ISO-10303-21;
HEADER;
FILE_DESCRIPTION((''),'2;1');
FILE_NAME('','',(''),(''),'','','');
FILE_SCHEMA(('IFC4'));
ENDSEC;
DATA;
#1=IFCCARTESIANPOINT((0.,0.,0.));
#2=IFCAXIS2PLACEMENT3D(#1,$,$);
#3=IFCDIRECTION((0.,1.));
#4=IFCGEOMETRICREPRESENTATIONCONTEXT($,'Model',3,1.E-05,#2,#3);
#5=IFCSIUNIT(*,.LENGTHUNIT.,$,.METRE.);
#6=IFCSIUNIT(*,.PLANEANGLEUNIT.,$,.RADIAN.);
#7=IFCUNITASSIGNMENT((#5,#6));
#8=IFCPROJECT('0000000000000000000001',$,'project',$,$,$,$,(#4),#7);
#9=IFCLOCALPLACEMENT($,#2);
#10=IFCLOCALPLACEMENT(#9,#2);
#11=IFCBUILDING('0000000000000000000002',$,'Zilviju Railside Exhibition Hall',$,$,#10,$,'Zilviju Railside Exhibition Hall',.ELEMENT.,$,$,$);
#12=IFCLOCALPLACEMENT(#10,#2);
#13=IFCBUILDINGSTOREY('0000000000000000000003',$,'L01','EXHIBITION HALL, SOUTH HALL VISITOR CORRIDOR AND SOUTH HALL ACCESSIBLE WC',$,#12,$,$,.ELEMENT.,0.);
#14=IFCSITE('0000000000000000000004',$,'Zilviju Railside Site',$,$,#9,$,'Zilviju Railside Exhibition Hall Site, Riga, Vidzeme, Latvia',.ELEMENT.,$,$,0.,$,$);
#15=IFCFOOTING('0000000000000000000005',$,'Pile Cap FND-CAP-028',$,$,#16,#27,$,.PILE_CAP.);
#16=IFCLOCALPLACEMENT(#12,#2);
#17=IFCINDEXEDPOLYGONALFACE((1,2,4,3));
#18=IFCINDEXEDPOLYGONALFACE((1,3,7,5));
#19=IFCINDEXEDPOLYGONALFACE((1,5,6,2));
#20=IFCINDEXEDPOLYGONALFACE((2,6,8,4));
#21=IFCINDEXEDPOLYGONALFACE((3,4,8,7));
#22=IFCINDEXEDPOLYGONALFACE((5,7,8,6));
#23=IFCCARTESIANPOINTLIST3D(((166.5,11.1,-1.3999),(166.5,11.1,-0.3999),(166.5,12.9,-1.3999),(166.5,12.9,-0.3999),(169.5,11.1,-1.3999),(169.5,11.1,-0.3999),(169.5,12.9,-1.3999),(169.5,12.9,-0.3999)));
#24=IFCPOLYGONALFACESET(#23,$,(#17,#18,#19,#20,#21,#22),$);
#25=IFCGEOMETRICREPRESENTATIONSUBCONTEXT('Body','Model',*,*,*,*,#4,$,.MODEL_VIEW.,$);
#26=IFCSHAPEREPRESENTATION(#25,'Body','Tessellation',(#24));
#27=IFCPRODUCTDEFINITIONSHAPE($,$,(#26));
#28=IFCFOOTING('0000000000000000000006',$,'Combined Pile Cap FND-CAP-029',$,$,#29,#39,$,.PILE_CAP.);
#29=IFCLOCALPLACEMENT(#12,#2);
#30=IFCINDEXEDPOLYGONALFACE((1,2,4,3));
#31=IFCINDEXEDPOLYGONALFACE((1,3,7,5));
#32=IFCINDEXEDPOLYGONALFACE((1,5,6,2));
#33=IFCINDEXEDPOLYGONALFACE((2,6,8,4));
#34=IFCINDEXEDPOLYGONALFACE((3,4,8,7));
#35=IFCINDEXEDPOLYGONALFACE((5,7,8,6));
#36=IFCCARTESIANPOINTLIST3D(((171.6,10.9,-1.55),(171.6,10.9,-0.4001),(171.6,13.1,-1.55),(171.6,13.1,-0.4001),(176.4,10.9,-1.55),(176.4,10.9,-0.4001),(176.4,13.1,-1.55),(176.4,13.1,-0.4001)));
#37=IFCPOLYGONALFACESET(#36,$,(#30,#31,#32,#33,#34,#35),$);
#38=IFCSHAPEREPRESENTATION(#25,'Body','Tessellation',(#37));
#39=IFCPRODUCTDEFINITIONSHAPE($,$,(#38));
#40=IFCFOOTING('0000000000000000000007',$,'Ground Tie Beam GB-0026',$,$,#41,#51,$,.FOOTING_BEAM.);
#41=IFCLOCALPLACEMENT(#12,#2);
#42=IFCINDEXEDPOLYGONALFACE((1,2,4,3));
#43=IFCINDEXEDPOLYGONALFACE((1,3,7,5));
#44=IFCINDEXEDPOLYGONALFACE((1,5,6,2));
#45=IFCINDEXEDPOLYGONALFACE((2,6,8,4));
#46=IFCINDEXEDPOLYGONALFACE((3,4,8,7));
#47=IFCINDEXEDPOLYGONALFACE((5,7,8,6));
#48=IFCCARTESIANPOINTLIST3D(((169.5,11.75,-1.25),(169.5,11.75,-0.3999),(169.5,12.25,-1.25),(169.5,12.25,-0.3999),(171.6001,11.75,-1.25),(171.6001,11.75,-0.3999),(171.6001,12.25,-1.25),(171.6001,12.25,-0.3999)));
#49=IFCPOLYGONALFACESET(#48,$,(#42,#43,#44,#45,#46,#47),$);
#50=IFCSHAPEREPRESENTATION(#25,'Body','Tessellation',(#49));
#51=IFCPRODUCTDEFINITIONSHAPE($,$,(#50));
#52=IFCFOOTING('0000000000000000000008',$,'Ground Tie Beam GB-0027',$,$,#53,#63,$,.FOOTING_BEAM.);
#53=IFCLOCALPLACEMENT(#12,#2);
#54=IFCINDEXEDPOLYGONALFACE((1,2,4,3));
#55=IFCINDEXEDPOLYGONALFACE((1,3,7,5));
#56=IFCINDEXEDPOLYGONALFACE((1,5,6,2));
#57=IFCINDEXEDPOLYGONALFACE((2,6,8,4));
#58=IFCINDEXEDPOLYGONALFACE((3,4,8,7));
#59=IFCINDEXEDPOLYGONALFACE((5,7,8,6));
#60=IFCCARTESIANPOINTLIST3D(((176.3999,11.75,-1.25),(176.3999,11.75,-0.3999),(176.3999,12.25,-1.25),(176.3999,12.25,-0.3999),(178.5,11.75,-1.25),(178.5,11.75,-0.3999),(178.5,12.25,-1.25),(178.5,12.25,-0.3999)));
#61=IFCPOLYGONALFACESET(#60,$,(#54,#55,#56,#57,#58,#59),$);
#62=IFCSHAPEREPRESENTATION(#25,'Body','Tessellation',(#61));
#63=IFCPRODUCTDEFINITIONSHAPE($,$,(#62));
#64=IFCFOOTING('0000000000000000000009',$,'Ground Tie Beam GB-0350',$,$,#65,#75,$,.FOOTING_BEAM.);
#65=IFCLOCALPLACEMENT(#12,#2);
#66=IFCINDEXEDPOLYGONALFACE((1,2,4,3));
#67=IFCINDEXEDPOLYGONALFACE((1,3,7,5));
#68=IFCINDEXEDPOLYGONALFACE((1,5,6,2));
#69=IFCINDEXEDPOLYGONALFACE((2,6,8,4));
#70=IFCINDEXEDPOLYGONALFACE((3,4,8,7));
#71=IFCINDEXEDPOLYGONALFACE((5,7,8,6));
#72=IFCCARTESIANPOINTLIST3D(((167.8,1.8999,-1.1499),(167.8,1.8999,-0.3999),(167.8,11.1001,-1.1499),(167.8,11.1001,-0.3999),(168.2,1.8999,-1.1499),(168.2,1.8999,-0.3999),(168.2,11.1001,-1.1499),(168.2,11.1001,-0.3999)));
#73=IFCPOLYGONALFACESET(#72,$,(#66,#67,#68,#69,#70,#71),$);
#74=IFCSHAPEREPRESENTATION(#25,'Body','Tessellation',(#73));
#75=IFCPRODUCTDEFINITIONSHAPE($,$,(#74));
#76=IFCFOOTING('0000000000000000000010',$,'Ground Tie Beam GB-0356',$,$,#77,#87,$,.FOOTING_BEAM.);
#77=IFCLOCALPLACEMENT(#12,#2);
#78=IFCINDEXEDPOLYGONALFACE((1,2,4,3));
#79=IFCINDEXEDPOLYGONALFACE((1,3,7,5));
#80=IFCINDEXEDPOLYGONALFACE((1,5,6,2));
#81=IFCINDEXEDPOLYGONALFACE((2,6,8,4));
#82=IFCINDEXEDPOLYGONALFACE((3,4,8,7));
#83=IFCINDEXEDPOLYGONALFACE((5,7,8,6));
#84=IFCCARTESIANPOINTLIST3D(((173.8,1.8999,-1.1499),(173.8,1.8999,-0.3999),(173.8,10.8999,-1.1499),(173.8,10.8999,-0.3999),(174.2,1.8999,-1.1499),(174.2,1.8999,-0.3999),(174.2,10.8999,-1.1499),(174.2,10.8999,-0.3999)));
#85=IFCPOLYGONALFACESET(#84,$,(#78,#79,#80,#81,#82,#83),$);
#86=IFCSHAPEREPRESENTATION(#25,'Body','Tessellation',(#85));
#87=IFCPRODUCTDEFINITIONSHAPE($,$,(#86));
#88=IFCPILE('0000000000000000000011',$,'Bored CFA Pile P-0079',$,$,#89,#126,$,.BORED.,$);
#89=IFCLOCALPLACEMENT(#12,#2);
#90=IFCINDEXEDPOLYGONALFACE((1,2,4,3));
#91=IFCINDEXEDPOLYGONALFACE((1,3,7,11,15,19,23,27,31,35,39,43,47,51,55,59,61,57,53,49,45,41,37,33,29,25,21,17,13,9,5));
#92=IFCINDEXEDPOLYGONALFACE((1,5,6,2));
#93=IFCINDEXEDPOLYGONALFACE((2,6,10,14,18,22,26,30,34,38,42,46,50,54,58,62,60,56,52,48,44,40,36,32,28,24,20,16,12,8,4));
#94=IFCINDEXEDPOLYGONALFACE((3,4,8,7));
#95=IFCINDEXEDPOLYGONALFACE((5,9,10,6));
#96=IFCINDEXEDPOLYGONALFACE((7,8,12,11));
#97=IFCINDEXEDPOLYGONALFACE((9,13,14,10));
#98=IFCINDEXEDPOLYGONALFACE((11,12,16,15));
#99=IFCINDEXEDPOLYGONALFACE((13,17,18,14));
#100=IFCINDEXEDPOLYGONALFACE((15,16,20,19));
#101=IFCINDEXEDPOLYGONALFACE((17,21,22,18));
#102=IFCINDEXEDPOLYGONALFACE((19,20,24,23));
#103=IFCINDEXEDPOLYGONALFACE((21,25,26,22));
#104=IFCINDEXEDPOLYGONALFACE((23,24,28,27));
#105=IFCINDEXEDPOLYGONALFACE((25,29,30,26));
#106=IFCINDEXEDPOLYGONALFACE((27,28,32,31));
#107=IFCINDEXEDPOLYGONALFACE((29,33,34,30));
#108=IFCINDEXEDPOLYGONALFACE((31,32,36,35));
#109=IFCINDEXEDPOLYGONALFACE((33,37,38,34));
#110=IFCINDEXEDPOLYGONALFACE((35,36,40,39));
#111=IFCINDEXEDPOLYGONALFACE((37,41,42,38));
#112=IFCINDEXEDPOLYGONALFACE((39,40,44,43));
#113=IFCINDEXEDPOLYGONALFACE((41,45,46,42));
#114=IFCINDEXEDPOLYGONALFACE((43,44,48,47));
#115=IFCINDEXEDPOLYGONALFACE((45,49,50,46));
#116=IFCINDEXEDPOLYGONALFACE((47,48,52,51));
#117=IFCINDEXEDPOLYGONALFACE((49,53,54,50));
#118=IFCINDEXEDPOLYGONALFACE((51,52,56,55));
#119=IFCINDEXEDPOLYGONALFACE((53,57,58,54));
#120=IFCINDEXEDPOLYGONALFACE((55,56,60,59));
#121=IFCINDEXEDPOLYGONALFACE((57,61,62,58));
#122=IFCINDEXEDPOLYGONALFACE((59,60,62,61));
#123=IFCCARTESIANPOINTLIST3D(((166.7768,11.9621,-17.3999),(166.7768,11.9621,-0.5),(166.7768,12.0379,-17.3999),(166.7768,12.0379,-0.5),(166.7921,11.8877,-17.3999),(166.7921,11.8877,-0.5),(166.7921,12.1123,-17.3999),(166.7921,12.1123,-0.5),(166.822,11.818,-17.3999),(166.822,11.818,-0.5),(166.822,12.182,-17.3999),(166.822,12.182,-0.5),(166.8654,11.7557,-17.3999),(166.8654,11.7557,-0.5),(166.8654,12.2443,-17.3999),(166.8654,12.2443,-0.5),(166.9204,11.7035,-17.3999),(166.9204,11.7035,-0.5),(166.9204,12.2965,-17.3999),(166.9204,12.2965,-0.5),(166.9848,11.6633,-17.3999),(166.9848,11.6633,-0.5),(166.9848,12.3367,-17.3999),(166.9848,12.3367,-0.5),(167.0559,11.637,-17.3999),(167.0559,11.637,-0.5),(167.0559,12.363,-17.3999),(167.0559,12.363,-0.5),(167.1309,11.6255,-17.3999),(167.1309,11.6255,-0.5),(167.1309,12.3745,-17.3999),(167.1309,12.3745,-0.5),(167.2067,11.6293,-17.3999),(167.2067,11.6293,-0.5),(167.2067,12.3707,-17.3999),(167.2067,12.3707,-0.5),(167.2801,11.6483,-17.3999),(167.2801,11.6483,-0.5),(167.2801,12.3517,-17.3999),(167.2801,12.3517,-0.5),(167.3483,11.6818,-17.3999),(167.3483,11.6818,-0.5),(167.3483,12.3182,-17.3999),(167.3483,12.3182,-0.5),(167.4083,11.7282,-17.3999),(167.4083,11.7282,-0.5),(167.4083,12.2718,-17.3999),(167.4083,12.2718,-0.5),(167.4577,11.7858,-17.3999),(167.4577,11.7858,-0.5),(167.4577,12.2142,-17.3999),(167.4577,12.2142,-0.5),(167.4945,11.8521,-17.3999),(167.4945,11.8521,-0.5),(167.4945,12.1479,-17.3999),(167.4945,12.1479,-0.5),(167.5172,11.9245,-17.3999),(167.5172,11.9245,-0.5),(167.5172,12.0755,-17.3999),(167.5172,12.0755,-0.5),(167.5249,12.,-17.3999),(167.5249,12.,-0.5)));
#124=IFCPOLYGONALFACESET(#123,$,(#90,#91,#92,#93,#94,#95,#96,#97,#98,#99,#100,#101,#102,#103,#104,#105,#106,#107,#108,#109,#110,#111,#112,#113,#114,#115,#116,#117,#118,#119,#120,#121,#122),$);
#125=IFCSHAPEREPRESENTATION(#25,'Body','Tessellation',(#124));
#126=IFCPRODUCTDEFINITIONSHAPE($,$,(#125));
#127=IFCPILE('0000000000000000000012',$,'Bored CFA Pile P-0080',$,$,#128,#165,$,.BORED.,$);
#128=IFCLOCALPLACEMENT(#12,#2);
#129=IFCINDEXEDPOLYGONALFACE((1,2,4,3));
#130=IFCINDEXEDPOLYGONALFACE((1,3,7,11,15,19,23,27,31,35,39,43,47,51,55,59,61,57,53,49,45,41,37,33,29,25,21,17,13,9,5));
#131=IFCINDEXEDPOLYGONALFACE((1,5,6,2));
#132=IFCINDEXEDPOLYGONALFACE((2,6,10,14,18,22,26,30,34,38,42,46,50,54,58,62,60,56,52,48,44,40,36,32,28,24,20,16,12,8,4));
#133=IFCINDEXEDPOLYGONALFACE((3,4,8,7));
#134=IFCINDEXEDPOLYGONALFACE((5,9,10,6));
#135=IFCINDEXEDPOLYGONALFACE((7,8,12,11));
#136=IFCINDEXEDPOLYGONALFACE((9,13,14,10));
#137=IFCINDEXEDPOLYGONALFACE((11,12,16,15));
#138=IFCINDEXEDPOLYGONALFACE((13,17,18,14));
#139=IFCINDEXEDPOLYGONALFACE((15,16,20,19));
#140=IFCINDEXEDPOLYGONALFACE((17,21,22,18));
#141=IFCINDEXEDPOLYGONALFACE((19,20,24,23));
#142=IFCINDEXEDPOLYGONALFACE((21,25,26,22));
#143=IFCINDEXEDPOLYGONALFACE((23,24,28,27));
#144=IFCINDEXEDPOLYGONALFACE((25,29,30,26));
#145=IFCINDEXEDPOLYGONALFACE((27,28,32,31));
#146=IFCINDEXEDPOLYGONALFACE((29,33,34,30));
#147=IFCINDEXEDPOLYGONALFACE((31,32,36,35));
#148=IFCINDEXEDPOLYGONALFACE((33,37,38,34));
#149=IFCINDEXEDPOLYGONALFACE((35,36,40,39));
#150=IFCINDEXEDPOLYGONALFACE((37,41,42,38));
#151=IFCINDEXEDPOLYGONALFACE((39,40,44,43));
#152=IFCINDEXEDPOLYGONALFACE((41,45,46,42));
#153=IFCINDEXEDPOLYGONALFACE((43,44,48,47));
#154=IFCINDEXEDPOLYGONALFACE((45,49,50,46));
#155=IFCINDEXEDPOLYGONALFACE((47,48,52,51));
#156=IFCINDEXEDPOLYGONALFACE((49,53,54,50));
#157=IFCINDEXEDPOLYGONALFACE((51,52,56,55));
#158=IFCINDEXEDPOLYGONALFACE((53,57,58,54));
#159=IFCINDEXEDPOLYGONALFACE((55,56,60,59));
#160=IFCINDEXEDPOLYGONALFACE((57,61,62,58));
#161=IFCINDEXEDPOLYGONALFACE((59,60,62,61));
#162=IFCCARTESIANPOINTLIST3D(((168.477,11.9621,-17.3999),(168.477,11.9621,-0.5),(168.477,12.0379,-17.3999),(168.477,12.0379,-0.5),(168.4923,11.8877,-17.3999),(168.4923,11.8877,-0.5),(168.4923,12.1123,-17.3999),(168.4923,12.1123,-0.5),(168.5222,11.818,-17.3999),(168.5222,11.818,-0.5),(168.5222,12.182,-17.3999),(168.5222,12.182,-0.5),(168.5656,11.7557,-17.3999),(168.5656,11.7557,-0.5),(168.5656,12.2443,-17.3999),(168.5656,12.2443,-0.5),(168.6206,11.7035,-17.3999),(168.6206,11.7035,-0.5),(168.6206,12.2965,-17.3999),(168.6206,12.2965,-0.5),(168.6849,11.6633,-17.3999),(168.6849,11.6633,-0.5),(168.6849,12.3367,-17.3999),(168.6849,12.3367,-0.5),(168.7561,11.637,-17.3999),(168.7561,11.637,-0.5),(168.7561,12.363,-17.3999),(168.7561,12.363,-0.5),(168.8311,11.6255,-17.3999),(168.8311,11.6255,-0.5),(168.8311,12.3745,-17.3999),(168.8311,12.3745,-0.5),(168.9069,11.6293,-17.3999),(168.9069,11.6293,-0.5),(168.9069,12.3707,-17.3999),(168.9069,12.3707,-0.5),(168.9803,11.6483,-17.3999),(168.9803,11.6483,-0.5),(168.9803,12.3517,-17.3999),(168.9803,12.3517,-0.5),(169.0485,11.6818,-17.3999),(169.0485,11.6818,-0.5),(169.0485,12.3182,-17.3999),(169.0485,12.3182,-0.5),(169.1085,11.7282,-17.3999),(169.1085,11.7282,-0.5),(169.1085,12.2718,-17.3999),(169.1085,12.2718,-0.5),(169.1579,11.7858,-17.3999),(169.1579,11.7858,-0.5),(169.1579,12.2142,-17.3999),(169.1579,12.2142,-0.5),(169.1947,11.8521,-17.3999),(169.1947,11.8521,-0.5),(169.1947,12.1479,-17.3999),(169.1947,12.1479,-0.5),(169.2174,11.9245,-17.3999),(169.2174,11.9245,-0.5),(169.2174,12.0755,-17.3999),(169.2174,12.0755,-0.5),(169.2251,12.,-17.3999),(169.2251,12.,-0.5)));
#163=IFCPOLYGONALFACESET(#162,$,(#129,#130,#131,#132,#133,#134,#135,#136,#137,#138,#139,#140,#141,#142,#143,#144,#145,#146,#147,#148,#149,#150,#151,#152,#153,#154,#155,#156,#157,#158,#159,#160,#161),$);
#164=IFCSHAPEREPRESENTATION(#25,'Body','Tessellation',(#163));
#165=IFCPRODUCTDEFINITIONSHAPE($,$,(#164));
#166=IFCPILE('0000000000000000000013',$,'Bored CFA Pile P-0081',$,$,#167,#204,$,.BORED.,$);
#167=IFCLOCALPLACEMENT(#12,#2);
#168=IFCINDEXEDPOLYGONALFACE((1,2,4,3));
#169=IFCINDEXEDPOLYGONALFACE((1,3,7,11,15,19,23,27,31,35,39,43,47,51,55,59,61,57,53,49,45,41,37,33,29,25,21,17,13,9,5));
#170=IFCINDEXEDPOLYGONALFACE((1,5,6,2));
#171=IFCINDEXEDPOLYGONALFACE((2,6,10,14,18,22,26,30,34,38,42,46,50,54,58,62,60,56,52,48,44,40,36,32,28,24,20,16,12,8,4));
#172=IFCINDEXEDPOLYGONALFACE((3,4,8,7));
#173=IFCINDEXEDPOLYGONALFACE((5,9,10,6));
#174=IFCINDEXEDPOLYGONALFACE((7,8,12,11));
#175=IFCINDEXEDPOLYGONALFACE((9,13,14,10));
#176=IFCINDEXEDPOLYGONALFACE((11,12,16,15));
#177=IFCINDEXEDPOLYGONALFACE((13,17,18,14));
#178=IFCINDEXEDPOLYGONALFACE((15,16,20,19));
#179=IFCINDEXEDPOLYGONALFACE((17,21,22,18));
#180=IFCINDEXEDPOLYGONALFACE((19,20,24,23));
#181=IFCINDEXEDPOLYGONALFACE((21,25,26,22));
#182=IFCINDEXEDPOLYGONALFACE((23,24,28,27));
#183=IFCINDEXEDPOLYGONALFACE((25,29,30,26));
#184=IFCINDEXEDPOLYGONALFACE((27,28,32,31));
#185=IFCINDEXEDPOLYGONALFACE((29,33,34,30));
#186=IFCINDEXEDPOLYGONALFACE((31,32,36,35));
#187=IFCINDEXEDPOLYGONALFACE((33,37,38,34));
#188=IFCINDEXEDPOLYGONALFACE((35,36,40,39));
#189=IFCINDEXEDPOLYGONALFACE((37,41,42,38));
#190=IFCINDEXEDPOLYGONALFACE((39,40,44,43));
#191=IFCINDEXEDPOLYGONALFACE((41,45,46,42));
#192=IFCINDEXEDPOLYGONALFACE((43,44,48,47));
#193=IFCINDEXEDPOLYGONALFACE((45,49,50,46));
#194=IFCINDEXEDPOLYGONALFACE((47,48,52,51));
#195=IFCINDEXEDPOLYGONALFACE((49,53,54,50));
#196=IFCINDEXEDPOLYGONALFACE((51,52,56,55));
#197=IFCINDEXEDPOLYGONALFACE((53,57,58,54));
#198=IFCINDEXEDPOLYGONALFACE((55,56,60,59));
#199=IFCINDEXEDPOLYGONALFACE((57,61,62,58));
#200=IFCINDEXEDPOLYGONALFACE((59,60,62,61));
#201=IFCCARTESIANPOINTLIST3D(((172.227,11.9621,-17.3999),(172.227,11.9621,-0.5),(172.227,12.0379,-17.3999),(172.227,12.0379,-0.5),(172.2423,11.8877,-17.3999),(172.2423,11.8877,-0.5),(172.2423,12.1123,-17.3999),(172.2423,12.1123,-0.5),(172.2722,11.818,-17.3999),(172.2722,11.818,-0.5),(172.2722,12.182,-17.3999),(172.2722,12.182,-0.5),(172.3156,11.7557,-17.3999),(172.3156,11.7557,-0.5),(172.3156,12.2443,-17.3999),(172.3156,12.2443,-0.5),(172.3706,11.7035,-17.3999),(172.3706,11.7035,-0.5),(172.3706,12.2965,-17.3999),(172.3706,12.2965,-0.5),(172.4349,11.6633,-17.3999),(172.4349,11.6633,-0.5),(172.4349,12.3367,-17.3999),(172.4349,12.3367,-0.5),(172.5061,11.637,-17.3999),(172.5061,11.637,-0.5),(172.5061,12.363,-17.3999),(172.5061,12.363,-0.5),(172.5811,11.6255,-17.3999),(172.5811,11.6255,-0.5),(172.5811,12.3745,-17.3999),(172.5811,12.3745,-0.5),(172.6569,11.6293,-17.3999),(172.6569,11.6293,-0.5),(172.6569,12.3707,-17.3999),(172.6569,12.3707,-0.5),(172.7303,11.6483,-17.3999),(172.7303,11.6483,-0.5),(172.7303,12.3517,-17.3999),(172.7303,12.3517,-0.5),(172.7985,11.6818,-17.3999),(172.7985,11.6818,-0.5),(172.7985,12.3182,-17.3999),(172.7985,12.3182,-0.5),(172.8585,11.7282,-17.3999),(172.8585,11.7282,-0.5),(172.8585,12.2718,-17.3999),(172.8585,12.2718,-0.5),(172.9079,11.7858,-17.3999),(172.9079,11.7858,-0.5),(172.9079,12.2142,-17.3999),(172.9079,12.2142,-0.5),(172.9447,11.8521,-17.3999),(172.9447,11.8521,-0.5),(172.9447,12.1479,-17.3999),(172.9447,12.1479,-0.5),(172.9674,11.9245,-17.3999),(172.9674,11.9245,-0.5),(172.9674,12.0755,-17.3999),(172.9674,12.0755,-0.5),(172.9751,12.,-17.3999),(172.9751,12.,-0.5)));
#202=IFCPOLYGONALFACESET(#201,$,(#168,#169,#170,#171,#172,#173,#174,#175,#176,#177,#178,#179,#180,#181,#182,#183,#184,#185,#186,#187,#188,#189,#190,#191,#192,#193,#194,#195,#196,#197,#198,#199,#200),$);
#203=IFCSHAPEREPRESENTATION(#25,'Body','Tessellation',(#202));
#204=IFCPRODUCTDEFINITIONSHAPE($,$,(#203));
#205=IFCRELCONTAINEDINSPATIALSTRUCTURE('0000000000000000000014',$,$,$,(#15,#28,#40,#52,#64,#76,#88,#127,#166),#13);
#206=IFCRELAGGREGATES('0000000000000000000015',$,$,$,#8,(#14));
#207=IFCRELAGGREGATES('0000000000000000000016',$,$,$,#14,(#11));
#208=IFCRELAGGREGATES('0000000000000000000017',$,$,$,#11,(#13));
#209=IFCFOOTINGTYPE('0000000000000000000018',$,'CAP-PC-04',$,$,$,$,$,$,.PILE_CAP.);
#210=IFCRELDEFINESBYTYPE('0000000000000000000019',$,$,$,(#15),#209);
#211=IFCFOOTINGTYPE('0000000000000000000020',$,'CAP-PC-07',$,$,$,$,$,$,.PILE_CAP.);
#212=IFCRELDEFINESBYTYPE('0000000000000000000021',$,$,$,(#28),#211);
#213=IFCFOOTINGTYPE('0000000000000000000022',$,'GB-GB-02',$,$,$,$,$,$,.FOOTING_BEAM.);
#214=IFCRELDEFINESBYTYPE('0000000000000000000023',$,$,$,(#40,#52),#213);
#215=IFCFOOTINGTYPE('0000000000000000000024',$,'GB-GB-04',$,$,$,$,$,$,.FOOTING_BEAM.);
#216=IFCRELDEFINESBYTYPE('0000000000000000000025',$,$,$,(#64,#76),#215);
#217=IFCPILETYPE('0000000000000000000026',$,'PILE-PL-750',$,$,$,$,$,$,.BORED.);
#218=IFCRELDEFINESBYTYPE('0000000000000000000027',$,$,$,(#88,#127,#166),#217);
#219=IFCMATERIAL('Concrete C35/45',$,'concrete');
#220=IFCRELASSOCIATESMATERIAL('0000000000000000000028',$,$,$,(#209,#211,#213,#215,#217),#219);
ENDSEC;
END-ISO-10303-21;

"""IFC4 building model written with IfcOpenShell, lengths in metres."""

from ifc_helpers import new_model, si_unit, direction, frame, origin, origin_2d, place, context, subcontext, project, spatial, rectangle, circle, extrude, material, material_profile, profile_set, type_object, element, save


model = new_model("IFC4")

# Units and contexts
model_context = context("Model", 3, precision=1e-05, world=origin(), true_north=direction((0.0, 1.0)))
body_context = subcontext(model_context, "Body", "Model", "MODEL_VIEW")
ifc_project = project(units=[si_unit("LENGTHUNIT", "METRE"), si_unit("PLANEANGLEUNIT", "RADIAN")], contexts=[model_context])

# Site, building, storey
site_placement = place(None, origin())
site = spatial("IfcSite", under=ifc_project, at=site_placement, Name="Zilviju Railside Site", LongName="Zilviju Railside Exhibition Hall Site, Riga, Vidzeme, Latvia", CompositionType="ELEMENT", RefElevation=0.0)
building_placement = place(site_placement, origin())
building = spatial("IfcBuilding", under=site, at=building_placement, Name="Zilviju Railside Exhibition Hall", LongName="Zilviju Railside Exhibition Hall", CompositionType="ELEMENT")
storey_placement = place(building_placement, origin())
storey = spatial("IfcBuildingStorey", under=building, at=storey_placement, Name="L01", Description="EXHIBITION HALL, SOUTH HALL VISITOR CORRIDOR AND SOUTH HALL ACCESSIBLE WC", CompositionType="ELEMENT", Elevation=0.0)

# Footings
ifc_material_1 = material(Name="Concrete C35/45", Category="concrete")
footing_type_1 = type_object("IfcFootingType", Name="CAP-PC-04", PredefinedType="PILE_CAP", material=ifc_material_1)
footing_1_placement = place(storey_placement, frame((168.0, 12.0, -1.3999), z_axis=(0.0, 0.0, 1.0), x_axis=(1.0, 0.0, 0.0)))
element("IfcFooting", 1, at=footing_1_placement, inside=storey, type_object=footing_type_1, Name="Pile Cap FND-CAP-028", PredefinedType="PILE_CAP", context=body_context, shape_type="SweptSolid", body=[
    extrude(rectangle(XDim=3.0, YDim=1.8, at=origin_2d()), origin(), (0.0, 0.0, 1.0), 1.0),
])
footing_type_2 = type_object("IfcFootingType", Name="CAP-PC-07", PredefinedType="PILE_CAP", material=ifc_material_1)
footing_2_placement = place(storey_placement, frame((174.0, 12.0, -1.55), z_axis=(0.0, 0.0, 1.0), x_axis=(1.0, 0.0, 0.0)))
element("IfcFooting", 2, at=footing_2_placement, inside=storey, type_object=footing_type_2, Name="Combined Pile Cap FND-CAP-029", PredefinedType="PILE_CAP", context=body_context, shape_type="SweptSolid", body=[
    extrude(rectangle(XDim=4.8, YDim=2.2, at=origin_2d()), origin(), (0.0, 0.0, 1.0), 1.1499),
])
ifc_material_profile_1 = material_profile(ifc_material_1, rectangle(XDim=0.5, YDim=0.8501, at=origin_2d()), Name="TIE BEAM 500x850")
ifc_profile_set_1 = profile_set([ifc_material_profile_1], Name="Concrete C35/45")
footing_type_3 = type_object("IfcFootingType", Name="GB-GB-02", PredefinedType="FOOTING_BEAM", material=ifc_profile_set_1)
for number, where, z_axis, x_axis, name in (
    (3, (169.5, 12.0, -0.825), (1.0, 0.0, 0.0), (0.0, 1.0, 0.0), "Ground Tie Beam GB-0026"),
    (4, (176.3999, 12.0, -0.825), (1.0, 0.0, 0.0), (0.0, 1.0, 0.0), "Ground Tie Beam GB-0027"),
):
    element("IfcFooting", number, at=place(storey_placement, frame(where, z_axis=z_axis, x_axis=x_axis)), inside=storey, type_object=footing_type_3, Name=name, PredefinedType="FOOTING_BEAM", context=body_context, shape_type="SweptSolid", body=[
        extrude(rectangle(XDim=0.5, YDim=0.8501, at=origin_2d()), origin(), (0.0, 0.0, 1.0), 2.1001),
    ])
ifc_material_profile_2 = material_profile(ifc_material_1, rectangle(XDim=0.3999, YDim=0.75, at=origin_2d()), Name="TIE BEAM 400x750")
ifc_profile_set_2 = profile_set([ifc_material_profile_2], Name="Concrete C35/45")
footing_type_4 = type_object("IfcFootingType", Name="GB-GB-04", PredefinedType="FOOTING_BEAM", material=ifc_profile_set_2)
footing_3_placement = place(storey_placement, frame((168.0, 1.8999, -0.7749), z_axis=(0.0, 1.0, 0.0), x_axis=(-1.0, 0.0, 0.0)))
element("IfcFooting", 5, at=footing_3_placement, inside=storey, type_object=footing_type_4, Name="Ground Tie Beam GB-0350", PredefinedType="FOOTING_BEAM", context=body_context, shape_type="SweptSolid", body=[
    extrude(rectangle(XDim=0.3999, YDim=0.75, at=origin_2d()), origin(), (0.0, 0.0, 1.0), 9.2002),
])
footing_4_placement = place(storey_placement, frame((174.0, 1.8999, -0.7749), z_axis=(0.0, 1.0, 0.0), x_axis=(-1.0, 0.0, 0.0)))
element("IfcFooting", 6, at=footing_4_placement, inside=storey, type_object=footing_type_4, Name="Ground Tie Beam GB-0356", PredefinedType="FOOTING_BEAM", context=body_context, shape_type="SweptSolid", body=[
    extrude(rectangle(XDim=0.3999, YDim=0.75, at=origin_2d()), origin(), (0.0, 0.0, 1.0), 9.0),
])

# Piles
ifc_material_profile_3 = material_profile(ifc_material_1, circle(Radius=0.375, at=origin_2d()), Name="CFA PILE D750")
ifc_profile_set_3 = profile_set([ifc_material_profile_3], Name="Concrete C35/45")
pile_type_1 = type_object("IfcPileType", Name="PILE-PL-750", PredefinedType="BORED", material=ifc_profile_set_3)
for number, where, z_axis, x_axis, name in (
    (7, (167.1499, 12.0, -0.5), (0.0, 0.0, -1.0), (1.0, 0.0, 0.0), "Bored CFA Pile P-0079"),
    (8, (168.8501, 12.0, -0.5), (0.0, 0.0, -1.0), (1.0, 0.0, 0.0), "Bored CFA Pile P-0080"),
    (9, (172.6001, 12.0, -0.5), (0.0, 0.0, -1.0), (1.0, 0.0, 0.0), "Bored CFA Pile P-0081"),
):
    element("IfcPile", number, at=place(storey_placement, frame(where, z_axis=z_axis, x_axis=x_axis)), inside=storey, type_object=pile_type_1, Name=name, PredefinedType="BORED", context=body_context, shape_type="SweptSolid", body=[
        extrude(circle(Radius=0.375, at=origin_2d()), origin(), (0.0, 0.0, 1.0), 16.8999),
    ])

save(model, "model.ifc")
